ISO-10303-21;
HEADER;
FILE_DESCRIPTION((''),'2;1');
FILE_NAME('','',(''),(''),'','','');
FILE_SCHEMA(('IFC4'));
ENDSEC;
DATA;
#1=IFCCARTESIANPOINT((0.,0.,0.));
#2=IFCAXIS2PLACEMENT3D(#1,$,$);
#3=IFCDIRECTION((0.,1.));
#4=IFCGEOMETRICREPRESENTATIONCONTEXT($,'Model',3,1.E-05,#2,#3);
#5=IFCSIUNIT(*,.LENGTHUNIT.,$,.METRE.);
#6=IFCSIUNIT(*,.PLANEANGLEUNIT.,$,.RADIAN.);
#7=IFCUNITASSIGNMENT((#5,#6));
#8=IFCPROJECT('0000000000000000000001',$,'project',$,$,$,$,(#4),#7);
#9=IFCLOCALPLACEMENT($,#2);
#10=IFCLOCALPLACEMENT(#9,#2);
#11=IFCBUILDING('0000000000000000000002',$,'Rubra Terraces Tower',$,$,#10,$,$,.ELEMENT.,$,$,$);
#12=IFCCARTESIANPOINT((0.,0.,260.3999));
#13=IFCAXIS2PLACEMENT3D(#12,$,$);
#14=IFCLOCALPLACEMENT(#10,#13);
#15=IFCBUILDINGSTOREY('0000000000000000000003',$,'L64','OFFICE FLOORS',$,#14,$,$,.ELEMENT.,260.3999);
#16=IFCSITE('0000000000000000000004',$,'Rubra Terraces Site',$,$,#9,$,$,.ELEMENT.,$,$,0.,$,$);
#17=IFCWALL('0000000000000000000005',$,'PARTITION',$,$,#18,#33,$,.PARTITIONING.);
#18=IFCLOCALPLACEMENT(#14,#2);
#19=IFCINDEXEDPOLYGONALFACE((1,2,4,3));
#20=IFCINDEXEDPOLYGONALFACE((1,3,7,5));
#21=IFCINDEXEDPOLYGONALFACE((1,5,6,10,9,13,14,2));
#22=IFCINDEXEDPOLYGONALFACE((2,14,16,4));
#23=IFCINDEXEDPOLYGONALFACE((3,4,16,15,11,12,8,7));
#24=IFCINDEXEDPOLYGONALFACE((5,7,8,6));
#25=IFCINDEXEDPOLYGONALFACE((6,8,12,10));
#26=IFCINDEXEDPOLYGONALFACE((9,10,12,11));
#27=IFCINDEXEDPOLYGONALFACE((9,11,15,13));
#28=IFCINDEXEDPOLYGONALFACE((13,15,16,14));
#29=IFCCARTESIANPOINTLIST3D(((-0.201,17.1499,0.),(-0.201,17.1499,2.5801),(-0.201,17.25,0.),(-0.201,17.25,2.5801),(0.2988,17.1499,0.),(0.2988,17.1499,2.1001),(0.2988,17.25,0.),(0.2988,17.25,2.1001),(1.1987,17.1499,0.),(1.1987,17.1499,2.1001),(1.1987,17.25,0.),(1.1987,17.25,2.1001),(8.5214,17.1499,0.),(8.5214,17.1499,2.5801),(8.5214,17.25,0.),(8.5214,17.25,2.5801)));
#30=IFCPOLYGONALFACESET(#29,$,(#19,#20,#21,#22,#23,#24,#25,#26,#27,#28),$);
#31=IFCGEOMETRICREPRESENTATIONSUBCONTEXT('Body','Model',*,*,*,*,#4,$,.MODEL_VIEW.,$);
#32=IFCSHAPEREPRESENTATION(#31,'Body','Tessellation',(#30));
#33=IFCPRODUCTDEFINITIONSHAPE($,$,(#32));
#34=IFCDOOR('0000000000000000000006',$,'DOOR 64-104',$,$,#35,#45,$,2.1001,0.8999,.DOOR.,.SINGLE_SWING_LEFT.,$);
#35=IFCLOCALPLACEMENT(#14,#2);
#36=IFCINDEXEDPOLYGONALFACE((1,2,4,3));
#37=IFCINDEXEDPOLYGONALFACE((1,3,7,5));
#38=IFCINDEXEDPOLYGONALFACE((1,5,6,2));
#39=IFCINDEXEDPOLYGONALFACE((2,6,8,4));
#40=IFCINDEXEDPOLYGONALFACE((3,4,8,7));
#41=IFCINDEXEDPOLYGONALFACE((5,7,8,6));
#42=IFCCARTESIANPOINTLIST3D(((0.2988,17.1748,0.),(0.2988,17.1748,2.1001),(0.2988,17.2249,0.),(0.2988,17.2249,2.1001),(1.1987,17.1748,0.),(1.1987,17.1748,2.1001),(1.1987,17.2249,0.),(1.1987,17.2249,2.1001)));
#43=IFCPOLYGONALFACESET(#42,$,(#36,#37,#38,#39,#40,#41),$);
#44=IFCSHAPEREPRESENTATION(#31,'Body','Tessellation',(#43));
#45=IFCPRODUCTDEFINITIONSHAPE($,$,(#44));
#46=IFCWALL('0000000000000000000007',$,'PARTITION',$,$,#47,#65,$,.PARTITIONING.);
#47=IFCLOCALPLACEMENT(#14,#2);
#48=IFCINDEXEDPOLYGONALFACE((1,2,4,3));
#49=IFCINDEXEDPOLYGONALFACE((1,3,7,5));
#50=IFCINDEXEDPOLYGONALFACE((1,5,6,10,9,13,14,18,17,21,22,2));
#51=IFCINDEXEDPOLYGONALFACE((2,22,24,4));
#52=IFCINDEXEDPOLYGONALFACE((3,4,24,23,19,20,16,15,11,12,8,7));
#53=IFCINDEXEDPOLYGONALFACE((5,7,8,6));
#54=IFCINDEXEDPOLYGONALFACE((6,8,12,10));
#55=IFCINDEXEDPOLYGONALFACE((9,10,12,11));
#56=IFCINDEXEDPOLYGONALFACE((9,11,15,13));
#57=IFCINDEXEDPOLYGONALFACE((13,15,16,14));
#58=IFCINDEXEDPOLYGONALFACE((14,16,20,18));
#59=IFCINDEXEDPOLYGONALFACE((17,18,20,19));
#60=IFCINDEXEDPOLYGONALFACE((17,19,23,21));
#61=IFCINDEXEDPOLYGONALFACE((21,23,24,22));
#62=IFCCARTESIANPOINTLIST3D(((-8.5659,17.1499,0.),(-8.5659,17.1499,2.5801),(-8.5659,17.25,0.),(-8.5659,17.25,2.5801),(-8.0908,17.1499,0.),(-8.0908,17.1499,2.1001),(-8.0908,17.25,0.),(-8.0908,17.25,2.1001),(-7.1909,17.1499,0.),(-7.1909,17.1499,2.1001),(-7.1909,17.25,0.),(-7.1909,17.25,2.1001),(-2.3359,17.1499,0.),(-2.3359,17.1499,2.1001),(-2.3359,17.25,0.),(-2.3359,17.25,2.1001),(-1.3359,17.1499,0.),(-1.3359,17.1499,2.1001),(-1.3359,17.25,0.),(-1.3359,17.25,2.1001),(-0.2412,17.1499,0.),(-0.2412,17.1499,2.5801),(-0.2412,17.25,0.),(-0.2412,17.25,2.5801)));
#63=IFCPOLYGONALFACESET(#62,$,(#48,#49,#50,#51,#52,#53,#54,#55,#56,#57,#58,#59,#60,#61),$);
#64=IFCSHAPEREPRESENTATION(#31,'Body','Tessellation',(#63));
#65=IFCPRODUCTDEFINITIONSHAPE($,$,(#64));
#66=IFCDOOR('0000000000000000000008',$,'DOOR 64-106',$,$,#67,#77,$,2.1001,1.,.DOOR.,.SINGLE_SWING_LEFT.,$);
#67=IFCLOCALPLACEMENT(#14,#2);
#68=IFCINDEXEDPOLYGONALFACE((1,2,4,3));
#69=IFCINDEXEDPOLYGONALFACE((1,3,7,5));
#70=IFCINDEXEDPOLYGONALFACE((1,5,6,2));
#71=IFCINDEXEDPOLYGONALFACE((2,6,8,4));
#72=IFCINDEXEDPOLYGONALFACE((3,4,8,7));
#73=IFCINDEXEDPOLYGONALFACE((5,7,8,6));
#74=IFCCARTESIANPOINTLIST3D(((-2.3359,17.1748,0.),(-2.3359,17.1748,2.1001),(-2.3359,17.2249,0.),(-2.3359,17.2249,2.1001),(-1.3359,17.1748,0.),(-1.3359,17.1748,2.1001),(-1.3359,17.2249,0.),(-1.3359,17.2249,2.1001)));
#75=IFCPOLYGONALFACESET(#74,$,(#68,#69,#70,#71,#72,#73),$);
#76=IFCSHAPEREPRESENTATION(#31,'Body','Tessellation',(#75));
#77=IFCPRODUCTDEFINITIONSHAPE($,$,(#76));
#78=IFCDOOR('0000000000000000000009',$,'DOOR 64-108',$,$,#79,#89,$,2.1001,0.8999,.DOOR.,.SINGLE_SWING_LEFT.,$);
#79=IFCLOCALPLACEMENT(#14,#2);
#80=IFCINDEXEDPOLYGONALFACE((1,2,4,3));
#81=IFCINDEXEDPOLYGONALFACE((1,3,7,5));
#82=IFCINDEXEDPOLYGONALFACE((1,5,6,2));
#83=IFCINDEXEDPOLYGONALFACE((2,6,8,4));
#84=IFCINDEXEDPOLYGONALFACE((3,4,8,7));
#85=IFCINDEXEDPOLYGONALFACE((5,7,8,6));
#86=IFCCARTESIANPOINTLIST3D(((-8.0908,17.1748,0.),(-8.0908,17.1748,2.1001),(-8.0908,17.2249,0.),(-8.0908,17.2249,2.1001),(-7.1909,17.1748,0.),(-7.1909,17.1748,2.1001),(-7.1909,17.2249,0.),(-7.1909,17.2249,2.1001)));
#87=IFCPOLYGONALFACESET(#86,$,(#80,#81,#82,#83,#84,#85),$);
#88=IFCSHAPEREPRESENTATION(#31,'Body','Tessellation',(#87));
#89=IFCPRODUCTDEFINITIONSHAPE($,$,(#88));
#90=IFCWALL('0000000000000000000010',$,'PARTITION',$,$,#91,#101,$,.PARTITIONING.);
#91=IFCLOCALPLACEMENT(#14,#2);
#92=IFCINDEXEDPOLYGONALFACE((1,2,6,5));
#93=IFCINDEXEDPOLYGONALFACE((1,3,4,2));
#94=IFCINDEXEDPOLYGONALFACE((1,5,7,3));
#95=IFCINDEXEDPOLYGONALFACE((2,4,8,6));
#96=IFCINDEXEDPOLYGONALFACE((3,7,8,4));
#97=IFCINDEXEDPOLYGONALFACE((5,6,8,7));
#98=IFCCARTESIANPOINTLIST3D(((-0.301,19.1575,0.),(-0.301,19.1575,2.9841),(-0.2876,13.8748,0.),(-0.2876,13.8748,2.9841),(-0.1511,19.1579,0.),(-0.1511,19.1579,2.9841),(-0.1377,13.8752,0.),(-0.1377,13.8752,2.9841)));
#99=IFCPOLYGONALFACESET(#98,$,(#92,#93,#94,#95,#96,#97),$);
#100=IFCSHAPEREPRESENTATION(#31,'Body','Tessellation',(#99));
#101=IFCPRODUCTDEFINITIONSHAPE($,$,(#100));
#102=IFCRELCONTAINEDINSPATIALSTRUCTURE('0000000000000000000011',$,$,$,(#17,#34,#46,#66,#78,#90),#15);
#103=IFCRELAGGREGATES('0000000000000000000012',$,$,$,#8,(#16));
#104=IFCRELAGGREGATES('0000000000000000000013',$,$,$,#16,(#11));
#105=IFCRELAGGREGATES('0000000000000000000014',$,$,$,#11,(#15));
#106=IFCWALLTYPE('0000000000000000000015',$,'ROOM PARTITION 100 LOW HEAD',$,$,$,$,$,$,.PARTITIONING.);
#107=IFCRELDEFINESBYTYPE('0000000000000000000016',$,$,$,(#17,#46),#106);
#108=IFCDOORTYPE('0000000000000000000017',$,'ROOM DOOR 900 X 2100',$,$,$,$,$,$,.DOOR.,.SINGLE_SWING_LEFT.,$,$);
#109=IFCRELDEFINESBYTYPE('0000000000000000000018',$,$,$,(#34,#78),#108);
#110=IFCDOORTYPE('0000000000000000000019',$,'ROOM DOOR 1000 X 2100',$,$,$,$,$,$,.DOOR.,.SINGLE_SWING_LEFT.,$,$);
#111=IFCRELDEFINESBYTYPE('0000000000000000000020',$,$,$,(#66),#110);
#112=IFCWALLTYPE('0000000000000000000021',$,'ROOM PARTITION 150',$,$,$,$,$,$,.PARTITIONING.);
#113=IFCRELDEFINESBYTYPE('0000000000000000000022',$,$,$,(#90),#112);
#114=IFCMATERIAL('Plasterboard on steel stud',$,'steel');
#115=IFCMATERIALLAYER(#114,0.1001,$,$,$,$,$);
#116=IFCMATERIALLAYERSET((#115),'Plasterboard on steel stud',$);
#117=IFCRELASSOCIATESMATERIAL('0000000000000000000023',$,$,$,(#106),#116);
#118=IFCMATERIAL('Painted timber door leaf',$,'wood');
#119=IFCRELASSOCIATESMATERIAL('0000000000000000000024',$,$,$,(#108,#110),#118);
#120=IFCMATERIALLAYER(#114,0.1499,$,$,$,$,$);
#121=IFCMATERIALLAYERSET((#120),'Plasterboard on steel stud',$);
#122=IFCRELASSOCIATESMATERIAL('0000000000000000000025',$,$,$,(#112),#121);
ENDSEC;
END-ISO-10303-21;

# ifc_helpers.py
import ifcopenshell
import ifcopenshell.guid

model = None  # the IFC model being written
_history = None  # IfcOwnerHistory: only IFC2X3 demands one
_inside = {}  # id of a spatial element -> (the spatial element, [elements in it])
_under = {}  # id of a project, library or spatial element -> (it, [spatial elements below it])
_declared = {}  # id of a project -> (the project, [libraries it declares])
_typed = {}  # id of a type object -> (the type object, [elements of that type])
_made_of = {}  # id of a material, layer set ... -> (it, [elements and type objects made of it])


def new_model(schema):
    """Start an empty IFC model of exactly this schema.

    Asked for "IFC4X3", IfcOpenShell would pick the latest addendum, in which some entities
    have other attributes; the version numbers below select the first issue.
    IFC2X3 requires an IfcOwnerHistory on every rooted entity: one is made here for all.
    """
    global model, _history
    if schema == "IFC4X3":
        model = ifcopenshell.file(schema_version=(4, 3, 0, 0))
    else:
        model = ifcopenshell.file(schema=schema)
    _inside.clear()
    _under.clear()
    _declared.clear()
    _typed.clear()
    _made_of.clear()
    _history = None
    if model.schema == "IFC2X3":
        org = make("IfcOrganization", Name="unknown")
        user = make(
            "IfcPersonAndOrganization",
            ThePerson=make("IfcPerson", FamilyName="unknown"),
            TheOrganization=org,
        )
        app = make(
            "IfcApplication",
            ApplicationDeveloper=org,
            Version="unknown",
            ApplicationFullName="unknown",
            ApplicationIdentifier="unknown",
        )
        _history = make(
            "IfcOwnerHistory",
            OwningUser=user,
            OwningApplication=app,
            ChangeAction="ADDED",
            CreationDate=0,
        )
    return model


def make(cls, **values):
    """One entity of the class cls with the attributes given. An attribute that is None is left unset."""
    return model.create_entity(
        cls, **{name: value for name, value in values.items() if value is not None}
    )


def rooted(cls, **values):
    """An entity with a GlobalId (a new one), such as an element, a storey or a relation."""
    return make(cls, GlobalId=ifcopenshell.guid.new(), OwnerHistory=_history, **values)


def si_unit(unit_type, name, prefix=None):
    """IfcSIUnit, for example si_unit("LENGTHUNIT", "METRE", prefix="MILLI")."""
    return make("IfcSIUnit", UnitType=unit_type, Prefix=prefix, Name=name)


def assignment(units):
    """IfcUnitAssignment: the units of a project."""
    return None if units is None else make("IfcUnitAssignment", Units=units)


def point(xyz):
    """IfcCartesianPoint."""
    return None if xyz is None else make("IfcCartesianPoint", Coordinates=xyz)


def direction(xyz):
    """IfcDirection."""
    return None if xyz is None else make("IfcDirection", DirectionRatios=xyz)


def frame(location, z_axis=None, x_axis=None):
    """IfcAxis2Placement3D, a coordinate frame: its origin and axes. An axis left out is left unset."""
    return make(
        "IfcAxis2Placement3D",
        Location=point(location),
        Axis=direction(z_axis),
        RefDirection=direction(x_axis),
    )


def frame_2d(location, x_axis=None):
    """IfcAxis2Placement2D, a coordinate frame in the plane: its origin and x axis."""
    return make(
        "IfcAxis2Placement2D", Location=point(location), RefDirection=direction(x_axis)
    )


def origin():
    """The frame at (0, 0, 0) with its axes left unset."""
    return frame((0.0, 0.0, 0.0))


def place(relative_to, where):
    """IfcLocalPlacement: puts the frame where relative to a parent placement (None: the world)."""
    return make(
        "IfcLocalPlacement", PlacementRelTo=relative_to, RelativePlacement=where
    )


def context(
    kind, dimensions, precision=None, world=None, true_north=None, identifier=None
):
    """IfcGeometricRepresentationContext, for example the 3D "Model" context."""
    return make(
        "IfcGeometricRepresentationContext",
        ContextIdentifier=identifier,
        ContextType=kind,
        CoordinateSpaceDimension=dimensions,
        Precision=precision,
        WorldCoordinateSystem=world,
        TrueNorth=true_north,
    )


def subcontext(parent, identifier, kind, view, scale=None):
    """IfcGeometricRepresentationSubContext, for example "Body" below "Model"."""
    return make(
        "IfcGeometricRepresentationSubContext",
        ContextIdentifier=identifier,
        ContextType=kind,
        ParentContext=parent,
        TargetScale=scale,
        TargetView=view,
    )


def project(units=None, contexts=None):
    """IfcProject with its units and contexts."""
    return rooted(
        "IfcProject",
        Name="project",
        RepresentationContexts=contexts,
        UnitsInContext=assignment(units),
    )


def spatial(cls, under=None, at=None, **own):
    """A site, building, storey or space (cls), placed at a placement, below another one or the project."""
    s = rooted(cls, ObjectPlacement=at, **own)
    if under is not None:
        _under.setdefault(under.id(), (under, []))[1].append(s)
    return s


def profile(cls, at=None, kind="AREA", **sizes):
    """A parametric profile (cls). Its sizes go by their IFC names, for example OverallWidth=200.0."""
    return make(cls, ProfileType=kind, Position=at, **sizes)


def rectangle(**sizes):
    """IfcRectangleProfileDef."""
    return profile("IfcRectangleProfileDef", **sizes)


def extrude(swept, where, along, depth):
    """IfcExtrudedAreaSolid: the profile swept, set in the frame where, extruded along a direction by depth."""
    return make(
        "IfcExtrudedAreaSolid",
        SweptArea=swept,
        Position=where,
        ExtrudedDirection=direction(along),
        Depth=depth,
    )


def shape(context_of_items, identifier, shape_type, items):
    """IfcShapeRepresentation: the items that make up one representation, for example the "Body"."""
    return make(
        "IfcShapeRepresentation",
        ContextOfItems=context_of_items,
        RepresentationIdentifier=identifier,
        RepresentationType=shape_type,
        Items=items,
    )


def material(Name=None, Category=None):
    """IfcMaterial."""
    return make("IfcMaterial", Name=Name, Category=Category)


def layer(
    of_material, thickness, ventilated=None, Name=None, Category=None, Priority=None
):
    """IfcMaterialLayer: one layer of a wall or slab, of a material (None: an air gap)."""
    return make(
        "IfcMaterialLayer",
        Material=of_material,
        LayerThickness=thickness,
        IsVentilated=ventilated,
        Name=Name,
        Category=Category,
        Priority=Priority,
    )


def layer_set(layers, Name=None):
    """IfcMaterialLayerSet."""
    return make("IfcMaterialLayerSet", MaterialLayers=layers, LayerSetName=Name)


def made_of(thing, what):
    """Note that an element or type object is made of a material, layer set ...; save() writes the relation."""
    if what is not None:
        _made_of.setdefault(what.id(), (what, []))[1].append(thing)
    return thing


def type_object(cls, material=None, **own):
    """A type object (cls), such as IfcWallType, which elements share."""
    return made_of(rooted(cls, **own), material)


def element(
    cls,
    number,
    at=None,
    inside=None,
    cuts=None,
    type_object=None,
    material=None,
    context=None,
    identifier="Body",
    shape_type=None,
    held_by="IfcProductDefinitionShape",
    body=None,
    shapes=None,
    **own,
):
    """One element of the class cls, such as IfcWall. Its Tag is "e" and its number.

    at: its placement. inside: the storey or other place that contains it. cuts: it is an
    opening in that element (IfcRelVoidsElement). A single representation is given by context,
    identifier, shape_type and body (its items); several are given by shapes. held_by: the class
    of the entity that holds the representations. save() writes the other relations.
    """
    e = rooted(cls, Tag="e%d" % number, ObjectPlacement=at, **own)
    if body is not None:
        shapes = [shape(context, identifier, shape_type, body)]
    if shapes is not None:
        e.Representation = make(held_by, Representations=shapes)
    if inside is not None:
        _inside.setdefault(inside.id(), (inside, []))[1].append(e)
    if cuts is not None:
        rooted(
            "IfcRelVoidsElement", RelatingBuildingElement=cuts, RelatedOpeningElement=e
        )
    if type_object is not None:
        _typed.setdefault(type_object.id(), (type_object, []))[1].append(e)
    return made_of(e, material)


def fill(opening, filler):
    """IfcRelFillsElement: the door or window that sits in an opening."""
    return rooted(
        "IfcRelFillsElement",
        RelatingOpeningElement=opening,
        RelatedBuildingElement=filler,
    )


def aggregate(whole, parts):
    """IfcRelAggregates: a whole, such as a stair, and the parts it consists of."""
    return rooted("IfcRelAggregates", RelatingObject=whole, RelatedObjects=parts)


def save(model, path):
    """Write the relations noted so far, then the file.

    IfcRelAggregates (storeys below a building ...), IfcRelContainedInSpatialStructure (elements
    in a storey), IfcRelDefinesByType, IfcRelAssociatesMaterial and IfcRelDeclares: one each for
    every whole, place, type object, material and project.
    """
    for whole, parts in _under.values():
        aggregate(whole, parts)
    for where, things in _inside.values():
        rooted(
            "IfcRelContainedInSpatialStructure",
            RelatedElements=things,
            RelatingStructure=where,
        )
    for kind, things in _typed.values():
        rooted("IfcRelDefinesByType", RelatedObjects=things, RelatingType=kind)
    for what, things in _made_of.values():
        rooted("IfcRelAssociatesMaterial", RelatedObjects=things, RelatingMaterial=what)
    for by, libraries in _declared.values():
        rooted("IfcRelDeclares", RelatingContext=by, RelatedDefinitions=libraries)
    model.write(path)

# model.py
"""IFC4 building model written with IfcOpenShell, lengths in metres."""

from ifc_helpers import new_model, si_unit, direction, frame, frame_2d, origin, place, context, subcontext, project, spatial, rectangle, extrude, material, layer, layer_set, type_object, element, fill, save


model = new_model("IFC4")

# Units and contexts
model_context = context("Model", 3, precision=1e-05, world=origin(), true_north=direction((0.0, 1.0)))
body_context = subcontext(model_context, "Body", "Model", "MODEL_VIEW")
ifc_project = project(units=[si_unit("LENGTHUNIT", "METRE"), si_unit("PLANEANGLEUNIT", "RADIAN")], contexts=[model_context])

# Site, building, storey
site_placement = place(None, origin())
site = spatial("IfcSite", under=ifc_project, at=site_placement, Name="Rubra Terraces Site", CompositionType="ELEMENT", RefElevation=0.0)
building_placement = place(site_placement, origin())
building = spatial("IfcBuilding", under=site, at=building_placement, Name="Rubra Terraces Tower", CompositionType="ELEMENT")
storey_placement = place(building_placement, frame((0.0, 0.0, 260.3999)))
storey = spatial("IfcBuildingStorey", under=building, at=storey_placement, Name="L64", Description="OFFICE FLOORS", CompositionType="ELEMENT", Elevation=260.3999)

# Shared definitions
ifc_material_1 = material(Name="Plasterboard on steel stud", Category="steel")

# Wall, opening, door
ifc_layer_1 = layer(ifc_material_1, 0.1001)
ifc_layer_set_1 = layer_set([ifc_layer_1], Name="Plasterboard on steel stud")
wall_type_1 = type_object("IfcWallType", Name="ROOM PARTITION 100 LOW HEAD", PredefinedType="PARTITIONING", material=ifc_layer_set_1)
wall_1_placement = place(storey_placement, frame((-0.2012, 17.2, 0.0), z_axis=(0.0, 0.0, 1.0), x_axis=(1.0, 0.0, 0.0)))
wall_1 = element("IfcWall", 1, at=wall_1_placement, inside=storey, type_object=wall_type_1, Name="PARTITION", PredefinedType="PARTITIONING", context=body_context, shape_type="SweptSolid", body=[
    extrude(rectangle(XDim=8.7224, YDim=0.1001, at=frame_2d((4.3613, 0.0))), origin(), (0.0, 0.0, 1.0), 2.5801),
])
opening_1_placement = place(wall_1_placement, frame((0.5, 0.0, 0.0)))
opening_1 = element("IfcOpeningElement", 2, at=opening_1_placement, cuts=wall_1, PredefinedType="OPENING", context=body_context, shape_type="SweptSolid", body=[
    extrude(rectangle(XDim=0.8999, YDim=2.1001, at=frame_2d((0.45, 1.05))), frame((0.0, 0.0601, 0.0), z_axis=(0.0, -1.0, 0.0), x_axis=(1.0, 0.0, 0.0)), (0.0, 0.0, 1.0), 0.1201),
])
ifc_material_2 = material(Name="Painted timber door leaf", Category="wood")
door_type_1 = type_object("IfcDoorType", Name="ROOM DOOR 900 X 2100", OperationType="SINGLE_SWING_LEFT", PredefinedType="DOOR", material=ifc_material_2)
door_1_placement = place(opening_1_placement, origin())
door_1 = element("IfcDoor", 3, at=door_1_placement, inside=storey, type_object=door_type_1, Name="DOOR 64-104", OperationType="SINGLE_SWING_LEFT", OverallHeight=2.1001, OverallWidth=0.8999, PredefinedType="DOOR", context=body_context, shape_type="SweptSolid", body=[
    extrude(rectangle(XDim=0.8999, YDim=2.1001, at=frame_2d((0.45, 1.05))), frame((0.0, 0.0249, 0.0), z_axis=(0.0, -1.0, 0.0), x_axis=(1.0, 0.0, 0.0)), (0.0, 0.0, 1.0), 0.05),
])
fill(opening_1, door_1)

# Wall, openings, doors
wall_2_placement = place(storey_placement, frame((-8.5659, 17.2, 0.0), z_axis=(0.0, 0.0, 1.0), x_axis=(1.0, 0.0, 0.0)))
wall_2 = element("IfcWall", 4, at=wall_2_placement, inside=storey, type_object=wall_type_1, Name="PARTITION", PredefinedType="PARTITIONING", context=body_context, shape_type="SweptSolid", body=[
    extrude(rectangle(XDim=8.3247, YDim=0.1001, at=frame_2d((4.1624, 0.0))), origin(), (0.0, 0.0, 1.0), 2.5801),
])
opening_2_placement = place(wall_2_placement, frame((6.23, 0.0, 0.0)))
opening_2 = element("IfcOpeningElement", 5, at=opening_2_placement, cuts=wall_2, PredefinedType="OPENING", context=body_context, shape_type="SweptSolid", body=[
    extrude(rectangle(XDim=1.0, YDim=2.1001, at=frame_2d((0.5, 1.05))), frame((0.0, 0.0601, 0.0), z_axis=(0.0, -1.0, 0.0), x_axis=(1.0, 0.0, 0.0)), (0.0, 0.0, 1.0), 0.1201),
])
opening_3_placement = place(wall_2_placement, frame((0.4751, 0.0, 0.0)))
opening_3 = element("IfcOpeningElement", 6, at=opening_3_placement, cuts=wall_2, PredefinedType="OPENING", context=body_context, shape_type="SweptSolid", body=[
    extrude(rectangle(XDim=0.8999, YDim=2.1001, at=frame_2d((0.45, 1.05))), frame((0.0, 0.0601, 0.0), z_axis=(0.0, -1.0, 0.0), x_axis=(1.0, 0.0, 0.0)), (0.0, 0.0, 1.0), 0.1201),
])
door_type_2 = type_object("IfcDoorType", Name="ROOM DOOR 1000 X 2100", OperationType="SINGLE_SWING_LEFT", PredefinedType="DOOR", material=ifc_material_2)
door_2_placement = place(opening_2_placement, origin())
door_2 = element("IfcDoor", 7, at=door_2_placement, inside=storey, type_object=door_type_2, Name="DOOR 64-106", OperationType="SINGLE_SWING_LEFT", OverallHeight=2.1001, OverallWidth=1.0, PredefinedType="DOOR", context=body_context, shape_type="SweptSolid", body=[
    extrude(rectangle(XDim=1.0, YDim=2.1001, at=frame_2d((0.5, 1.05))), frame((0.0, 0.0249, 0.0), z_axis=(0.0, -1.0, 0.0), x_axis=(1.0, 0.0, 0.0)), (0.0, 0.0, 1.0), 0.05),
])
fill(opening_2, door_2)
door_3_placement = place(opening_3_placement, origin())
door_3 = element("IfcDoor", 8, at=door_3_placement, inside=storey, type_object=door_type_1, Name="DOOR 64-108", OperationType="SINGLE_SWING_LEFT", OverallHeight=2.1001, OverallWidth=0.8999, PredefinedType="DOOR", context=body_context, shape_type="SweptSolid", body=[
    extrude(rectangle(XDim=0.8999, YDim=2.1001, at=frame_2d((0.45, 1.05))), frame((0.0, 0.0249, 0.0), z_axis=(0.0, -1.0, 0.0), x_axis=(1.0, 0.0, 0.0)), (0.0, 0.0, 1.0), 0.05),
])
fill(opening_3, door_3)

# Wall
ifc_layer_2 = layer(ifc_material_1, 0.1499)
ifc_layer_set_2 = layer_set([ifc_layer_2], Name="Plasterboard on steel stud")
wall_type_2 = type_object("IfcWallType", Name="ROOM PARTITION 150", PredefinedType="PARTITIONING", material=ifc_layer_set_2)
wall_3_placement = place(storey_placement, frame((-0.2261, 19.1577, 0.0), z_axis=(0.0, 0.0, 1.0), x_axis=(0.002542, -0.999997, 0.0)))
element("IfcWall", 9, at=wall_3_placement, inside=storey, type_object=wall_type_2, Name="PARTITION", PredefinedType="PARTITIONING", context=body_context, shape_type="SweptSolid", body=[
    extrude(rectangle(XDim=5.2827, YDim=0.1499, at=frame_2d((2.6414, 0.0))), origin(), (0.0, 0.0, 1.0), 2.9841),
])

save(model, "model.ifc")
